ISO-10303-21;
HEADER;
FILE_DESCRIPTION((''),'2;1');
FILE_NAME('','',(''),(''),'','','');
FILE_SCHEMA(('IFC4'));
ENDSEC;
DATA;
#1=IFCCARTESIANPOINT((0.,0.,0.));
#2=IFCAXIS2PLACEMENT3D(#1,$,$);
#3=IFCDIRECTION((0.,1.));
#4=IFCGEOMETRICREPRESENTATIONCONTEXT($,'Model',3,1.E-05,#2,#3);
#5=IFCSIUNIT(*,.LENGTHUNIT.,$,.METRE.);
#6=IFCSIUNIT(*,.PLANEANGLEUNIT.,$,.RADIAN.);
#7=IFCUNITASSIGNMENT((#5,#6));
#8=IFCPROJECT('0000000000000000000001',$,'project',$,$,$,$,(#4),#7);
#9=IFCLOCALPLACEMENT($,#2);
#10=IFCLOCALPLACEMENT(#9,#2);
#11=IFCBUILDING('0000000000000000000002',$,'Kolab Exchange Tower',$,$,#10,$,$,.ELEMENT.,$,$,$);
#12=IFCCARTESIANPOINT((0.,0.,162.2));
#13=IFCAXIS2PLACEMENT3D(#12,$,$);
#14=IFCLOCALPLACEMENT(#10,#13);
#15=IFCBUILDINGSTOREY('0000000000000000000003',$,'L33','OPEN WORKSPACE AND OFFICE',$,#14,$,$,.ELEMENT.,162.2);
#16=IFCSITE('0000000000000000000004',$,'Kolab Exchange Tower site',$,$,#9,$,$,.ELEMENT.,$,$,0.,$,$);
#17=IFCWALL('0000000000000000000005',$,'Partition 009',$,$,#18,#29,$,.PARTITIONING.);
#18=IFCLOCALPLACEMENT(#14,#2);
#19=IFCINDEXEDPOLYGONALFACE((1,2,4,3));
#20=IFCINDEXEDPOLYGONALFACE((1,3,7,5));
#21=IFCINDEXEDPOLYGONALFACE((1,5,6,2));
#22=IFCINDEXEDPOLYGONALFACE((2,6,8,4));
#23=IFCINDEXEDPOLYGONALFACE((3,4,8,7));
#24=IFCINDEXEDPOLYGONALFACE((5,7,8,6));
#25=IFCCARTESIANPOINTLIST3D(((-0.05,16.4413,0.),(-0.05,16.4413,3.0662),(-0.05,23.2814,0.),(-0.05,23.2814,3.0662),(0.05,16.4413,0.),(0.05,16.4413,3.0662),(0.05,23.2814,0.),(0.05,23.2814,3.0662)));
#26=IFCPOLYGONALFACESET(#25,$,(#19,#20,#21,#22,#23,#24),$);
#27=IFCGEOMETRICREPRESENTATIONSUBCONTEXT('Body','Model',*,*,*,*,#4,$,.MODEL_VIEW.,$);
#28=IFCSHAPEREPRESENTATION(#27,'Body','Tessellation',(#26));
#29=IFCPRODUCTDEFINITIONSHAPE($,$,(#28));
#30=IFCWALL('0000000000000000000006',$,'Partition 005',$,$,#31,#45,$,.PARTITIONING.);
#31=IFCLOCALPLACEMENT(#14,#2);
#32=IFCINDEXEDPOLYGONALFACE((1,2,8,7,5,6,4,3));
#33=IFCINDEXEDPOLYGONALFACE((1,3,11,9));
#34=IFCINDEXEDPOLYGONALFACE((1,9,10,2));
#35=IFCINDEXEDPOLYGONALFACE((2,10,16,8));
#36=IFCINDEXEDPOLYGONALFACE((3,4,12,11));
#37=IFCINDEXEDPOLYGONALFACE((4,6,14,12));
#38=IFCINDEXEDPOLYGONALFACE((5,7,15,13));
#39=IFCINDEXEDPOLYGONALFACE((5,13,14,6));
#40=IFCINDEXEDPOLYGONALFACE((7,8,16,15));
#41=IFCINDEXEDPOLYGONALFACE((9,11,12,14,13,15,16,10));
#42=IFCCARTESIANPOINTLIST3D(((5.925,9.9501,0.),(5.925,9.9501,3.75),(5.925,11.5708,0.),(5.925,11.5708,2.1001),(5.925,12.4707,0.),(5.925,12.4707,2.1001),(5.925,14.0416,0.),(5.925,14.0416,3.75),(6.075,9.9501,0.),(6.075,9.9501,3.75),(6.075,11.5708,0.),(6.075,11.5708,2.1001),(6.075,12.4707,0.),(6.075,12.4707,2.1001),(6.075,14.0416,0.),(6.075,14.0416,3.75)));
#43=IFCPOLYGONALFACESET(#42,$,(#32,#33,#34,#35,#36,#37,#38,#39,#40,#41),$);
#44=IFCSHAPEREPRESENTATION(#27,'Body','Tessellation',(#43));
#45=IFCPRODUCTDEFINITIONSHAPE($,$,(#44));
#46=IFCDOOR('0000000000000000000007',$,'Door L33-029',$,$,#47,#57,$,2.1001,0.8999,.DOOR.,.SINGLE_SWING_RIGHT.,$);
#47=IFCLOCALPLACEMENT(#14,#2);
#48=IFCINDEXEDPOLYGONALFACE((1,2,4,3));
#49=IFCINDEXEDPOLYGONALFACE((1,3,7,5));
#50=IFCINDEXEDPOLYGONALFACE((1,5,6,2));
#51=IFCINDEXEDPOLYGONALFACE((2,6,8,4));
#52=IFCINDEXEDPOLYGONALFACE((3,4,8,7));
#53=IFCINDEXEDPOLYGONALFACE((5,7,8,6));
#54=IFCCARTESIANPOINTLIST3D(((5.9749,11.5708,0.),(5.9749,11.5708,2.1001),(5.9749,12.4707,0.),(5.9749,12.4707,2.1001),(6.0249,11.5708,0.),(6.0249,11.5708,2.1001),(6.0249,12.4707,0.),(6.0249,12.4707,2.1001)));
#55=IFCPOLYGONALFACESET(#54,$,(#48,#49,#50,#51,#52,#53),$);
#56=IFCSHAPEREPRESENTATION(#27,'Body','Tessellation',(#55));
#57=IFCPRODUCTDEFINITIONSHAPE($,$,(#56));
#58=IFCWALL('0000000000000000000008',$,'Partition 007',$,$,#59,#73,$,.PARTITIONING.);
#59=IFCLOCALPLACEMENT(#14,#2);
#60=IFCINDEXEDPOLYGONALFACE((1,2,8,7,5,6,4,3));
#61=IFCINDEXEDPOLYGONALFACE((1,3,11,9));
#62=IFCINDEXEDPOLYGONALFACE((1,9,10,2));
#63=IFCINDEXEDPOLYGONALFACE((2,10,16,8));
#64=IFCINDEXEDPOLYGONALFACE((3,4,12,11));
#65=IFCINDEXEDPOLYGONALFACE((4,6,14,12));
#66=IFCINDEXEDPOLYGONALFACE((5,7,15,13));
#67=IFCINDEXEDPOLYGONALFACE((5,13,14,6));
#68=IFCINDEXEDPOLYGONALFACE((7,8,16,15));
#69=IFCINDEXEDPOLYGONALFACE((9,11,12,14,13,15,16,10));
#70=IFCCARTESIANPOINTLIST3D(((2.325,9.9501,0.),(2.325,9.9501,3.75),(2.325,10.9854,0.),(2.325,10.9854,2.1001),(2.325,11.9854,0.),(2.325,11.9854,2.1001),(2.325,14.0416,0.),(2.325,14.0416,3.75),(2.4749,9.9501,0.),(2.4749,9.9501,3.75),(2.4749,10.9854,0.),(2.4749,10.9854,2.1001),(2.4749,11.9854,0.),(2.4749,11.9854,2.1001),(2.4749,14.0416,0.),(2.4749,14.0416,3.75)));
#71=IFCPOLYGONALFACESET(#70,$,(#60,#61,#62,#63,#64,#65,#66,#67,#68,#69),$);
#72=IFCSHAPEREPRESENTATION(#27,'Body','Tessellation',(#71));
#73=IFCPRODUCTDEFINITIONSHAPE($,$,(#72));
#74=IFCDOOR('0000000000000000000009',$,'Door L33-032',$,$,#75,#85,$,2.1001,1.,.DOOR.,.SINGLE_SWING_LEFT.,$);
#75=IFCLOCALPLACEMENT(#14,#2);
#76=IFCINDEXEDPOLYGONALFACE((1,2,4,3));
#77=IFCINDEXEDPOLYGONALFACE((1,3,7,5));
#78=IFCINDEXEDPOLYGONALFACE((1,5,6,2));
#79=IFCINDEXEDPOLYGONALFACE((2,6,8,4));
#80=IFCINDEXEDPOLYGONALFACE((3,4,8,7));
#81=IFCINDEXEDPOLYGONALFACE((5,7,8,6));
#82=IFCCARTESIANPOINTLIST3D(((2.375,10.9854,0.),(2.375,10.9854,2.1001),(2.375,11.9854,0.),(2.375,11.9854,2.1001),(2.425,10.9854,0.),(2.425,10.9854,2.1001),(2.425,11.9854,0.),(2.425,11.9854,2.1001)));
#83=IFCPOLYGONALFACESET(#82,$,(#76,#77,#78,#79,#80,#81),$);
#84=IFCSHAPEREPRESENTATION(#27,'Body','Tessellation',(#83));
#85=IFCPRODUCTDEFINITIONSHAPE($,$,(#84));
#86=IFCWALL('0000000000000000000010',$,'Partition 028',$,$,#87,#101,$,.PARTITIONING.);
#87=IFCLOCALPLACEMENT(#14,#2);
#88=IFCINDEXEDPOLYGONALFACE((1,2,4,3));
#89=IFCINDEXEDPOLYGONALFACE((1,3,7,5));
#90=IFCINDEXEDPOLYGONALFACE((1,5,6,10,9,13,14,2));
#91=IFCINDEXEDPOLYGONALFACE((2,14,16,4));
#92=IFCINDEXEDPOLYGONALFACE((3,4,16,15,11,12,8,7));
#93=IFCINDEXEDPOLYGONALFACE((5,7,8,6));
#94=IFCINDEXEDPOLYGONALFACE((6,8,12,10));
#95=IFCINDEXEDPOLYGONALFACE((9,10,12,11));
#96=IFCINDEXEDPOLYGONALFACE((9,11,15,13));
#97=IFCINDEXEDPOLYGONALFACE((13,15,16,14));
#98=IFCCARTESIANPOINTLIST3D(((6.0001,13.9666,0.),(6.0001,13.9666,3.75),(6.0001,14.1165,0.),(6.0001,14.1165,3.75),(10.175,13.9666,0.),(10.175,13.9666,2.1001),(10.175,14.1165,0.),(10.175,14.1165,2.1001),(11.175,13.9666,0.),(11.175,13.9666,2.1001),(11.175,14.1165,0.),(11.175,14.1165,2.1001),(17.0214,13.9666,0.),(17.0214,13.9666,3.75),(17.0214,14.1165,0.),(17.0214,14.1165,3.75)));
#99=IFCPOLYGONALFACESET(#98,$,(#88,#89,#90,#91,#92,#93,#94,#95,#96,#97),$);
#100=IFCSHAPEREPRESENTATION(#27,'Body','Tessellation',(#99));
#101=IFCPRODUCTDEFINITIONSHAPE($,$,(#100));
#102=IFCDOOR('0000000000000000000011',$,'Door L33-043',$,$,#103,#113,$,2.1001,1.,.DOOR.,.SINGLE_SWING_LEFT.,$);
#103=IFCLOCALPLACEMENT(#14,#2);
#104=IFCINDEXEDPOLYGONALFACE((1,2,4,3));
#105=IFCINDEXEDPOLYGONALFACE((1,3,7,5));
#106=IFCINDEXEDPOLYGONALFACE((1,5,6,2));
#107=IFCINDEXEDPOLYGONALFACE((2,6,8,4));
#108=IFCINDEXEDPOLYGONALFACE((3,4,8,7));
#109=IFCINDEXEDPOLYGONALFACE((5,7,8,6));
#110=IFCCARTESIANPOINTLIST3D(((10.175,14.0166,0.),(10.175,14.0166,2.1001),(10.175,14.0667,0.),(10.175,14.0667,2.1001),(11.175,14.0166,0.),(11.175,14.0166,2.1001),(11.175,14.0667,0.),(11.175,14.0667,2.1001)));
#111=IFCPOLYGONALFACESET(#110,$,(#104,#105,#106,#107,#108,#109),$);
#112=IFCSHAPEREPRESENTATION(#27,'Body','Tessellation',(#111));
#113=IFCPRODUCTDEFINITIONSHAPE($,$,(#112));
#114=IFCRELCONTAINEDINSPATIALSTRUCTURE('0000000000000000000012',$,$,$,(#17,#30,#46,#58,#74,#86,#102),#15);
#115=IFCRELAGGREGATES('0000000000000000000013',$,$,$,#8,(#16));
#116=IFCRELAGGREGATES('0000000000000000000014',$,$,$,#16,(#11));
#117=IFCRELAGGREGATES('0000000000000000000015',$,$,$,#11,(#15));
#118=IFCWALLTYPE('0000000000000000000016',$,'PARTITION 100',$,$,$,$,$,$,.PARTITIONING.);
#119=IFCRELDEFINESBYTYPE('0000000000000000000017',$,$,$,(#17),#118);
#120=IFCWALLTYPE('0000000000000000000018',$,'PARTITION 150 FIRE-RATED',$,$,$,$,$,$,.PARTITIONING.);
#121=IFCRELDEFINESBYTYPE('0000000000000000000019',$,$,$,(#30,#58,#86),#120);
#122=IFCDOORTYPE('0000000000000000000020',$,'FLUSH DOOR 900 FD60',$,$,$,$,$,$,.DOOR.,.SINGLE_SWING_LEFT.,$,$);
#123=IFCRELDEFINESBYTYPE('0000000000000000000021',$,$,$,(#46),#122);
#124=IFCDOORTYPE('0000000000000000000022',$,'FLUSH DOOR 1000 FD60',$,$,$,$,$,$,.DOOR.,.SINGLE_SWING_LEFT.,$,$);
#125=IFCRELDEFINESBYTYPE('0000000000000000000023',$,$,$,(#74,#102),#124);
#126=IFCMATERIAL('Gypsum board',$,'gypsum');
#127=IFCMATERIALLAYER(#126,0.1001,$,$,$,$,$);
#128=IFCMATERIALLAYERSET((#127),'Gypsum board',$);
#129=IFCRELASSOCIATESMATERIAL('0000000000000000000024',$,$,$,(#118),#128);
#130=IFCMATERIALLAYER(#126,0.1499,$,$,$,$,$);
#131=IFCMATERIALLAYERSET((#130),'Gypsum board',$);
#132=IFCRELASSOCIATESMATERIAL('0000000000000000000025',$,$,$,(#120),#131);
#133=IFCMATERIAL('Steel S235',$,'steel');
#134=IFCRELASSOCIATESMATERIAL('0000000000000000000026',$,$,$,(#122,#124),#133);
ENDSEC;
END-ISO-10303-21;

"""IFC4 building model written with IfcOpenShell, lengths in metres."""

from ifc_helpers import new_model, si_unit, direction, frame, frame_2d, origin, place, context, subcontext, project, spatial, rectangle, extrude, material, layer, layer_set, type_object, element, fill, save


model = new_model("IFC4")

# Units and contexts
model_context = context("Model", 3, precision=1e-05, world=origin(), true_north=direction((0.0, 1.0)))
body_context = subcontext(model_context, "Body", "Model", "MODEL_VIEW")
ifc_project = project(units=[si_unit("LENGTHUNIT", "METRE"), si_unit("PLANEANGLEUNIT", "RADIAN")], contexts=[model_context])

# Site, building, storey
site_placement = place(None, origin())
site = spatial("IfcSite", under=ifc_project, at=site_placement, Name="Kolab Exchange Tower site", CompositionType="ELEMENT", RefElevation=0.0)
building_placement = place(site_placement, origin())
building = spatial("IfcBuilding", under=site, at=building_placement, Name="Kolab Exchange Tower", CompositionType="ELEMENT")
storey_placement = place(building_placement, frame((0.0, 0.0, 162.2)))
storey = spatial("IfcBuildingStorey", under=building, at=storey_placement, Name="L33", Description="OPEN WORKSPACE AND OFFICE", CompositionType="ELEMENT", Elevation=162.2)

# Wall
ifc_material_1 = material(Name="Gypsum board", Category="gypsum")
ifc_layer_1 = layer(ifc_material_1, 0.1001)
ifc_layer_set_1 = layer_set([ifc_layer_1], Name="Gypsum board")
wall_type_1 = type_object("IfcWallType", Name="PARTITION 100", PredefinedType="PARTITIONING", material=ifc_layer_set_1)
wall_1_placement = place(storey_placement, frame((0.0, 16.4414, 0.0), z_axis=(0.0, 0.0, 1.0), x_axis=(0.0, 1.0, 0.0)))
element("IfcWall", 1, at=wall_1_placement, inside=storey, type_object=wall_type_1, Name="Partition 009", PredefinedType="PARTITIONING", context=body_context, shape_type="SweptSolid", body=[
    extrude(rectangle(XDim=6.8401, YDim=0.1001, at=frame_2d((3.4199, 0.0))), origin(), (0.0, 0.0, 1.0), 3.0662),
])

# Walls, openings, doors
ifc_layer_2 = layer(ifc_material_1, 0.1499)
ifc_layer_set_2 = layer_set([ifc_layer_2], Name="Gypsum board")
wall_type_2 = type_object("IfcWallType", Name="PARTITION 150 FIRE-RATED", PredefinedType="PARTITIONING", material=ifc_layer_set_2)
wall_2_placement = place(storey_placement, frame((6.0, 9.95, 0.0), z_axis=(0.0, 0.0, 1.0), x_axis=(0.0, 1.0, 0.0)))
wall_2 = element("IfcWall", 2, at=wall_2_placement, inside=storey, type_object=wall_type_2, Name="Partition 005", PredefinedType="PARTITIONING", context=body_context, shape_type="SweptSolid", body=[
    extrude(rectangle(XDim=4.0916, YDim=0.1499, at=frame_2d((2.0459, 0.0))), origin(), (0.0, 0.0, 1.0), 3.75),
])
opening_1_placement = place(wall_2_placement, frame((1.6208, 0.0, 0.0)))
opening_1 = element("IfcOpeningElement", 3, at=opening_1_placement, cuts=wall_2, PredefinedType="OPENING", context=body_context, shape_type="SweptSolid", body=[
    extrude(rectangle(XDim=0.8999, YDim=2.1001, at=frame_2d((0.45, 1.05))), frame((0.0, 0.085, 0.0), z_axis=(0.0, -1.0, 0.0), x_axis=(1.0, 0.0, 0.0)), (0.0, 0.0, 1.0), 0.1699),
])
ifc_material_2 = material(Name="Steel S235", Category="steel")
door_type_1 = type_object("IfcDoorType", Name="FLUSH DOOR 900 FD60", OperationType="SINGLE_SWING_LEFT", PredefinedType="DOOR", material=ifc_material_2)
door_1_placement = place(opening_1_placement, frame((0.8999, 0.0, 0.0), z_axis=(0.0, 0.0, 1.0), x_axis=(-1.0, 0.0, 0.0)))
door_1 = element("IfcDoor", 4, at=door_1_placement, inside=storey, type_object=door_type_1, Name="Door L33-029", OperationType="SINGLE_SWING_RIGHT", OverallHeight=2.1001, OverallWidth=0.8999, PredefinedType="DOOR", context=body_context, shape_type="SweptSolid", body=[
    extrude(rectangle(XDim=0.8999, YDim=2.1001, at=frame_2d((0.45, 1.05))), frame((0.0, 0.0249, 0.0), z_axis=(0.0, -1.0, 0.0), x_axis=(1.0, 0.0, 0.0)), (0.0, 0.0, 1.0), 0.05),
])
fill(opening_1, door_1)
wall_3_placement = place(storey_placement, frame((2.3999, 9.95, 0.0), z_axis=(0.0, 0.0, 1.0), x_axis=(0.0, 1.0, 0.0)))
wall_3 = element("IfcWall", 5, at=wall_3_placement, inside=storey, type_object=wall_type_2, Name="Partition 007", PredefinedType="PARTITIONING", context=body_context, shape_type="SweptSolid", body=[
    extrude(rectangle(XDim=4.0916, YDim=0.1499, at=frame_2d((2.0459, 0.0))), origin(), (0.0, 0.0, 1.0), 3.75),
])
opening_2_placement = place(wall_3_placement, frame((1.0354, 0.0, 0.0)))
opening_2 = element("IfcOpeningElement", 6, at=opening_2_placement, cuts=wall_3, PredefinedType="OPENING", context=body_context, shape_type="SweptSolid", body=[
    extrude(rectangle(XDim=1.0, YDim=2.1001, at=frame_2d((0.5, 1.05))), frame((0.0, 0.085, 0.0), z_axis=(0.0, -1.0, 0.0), x_axis=(1.0, 0.0, 0.0)), (0.0, 0.0, 1.0), 0.1699),
])
door_type_2 = type_object("IfcDoorType", Name="FLUSH DOOR 1000 FD60", OperationType="SINGLE_SWING_LEFT", PredefinedType="DOOR", material=ifc_material_2)
door_2_placement = place(opening_2_placement, origin())
door_2 = element("IfcDoor", 7, at=door_2_placement, inside=storey, type_object=door_type_2, Name="Door L33-032", OperationType="SINGLE_SWING_LEFT", OverallHeight=2.1001, OverallWidth=1.0, PredefinedType="DOOR", context=body_context, shape_type="SweptSolid", body=[
    extrude(rectangle(XDim=1.0, YDim=2.1001, at=frame_2d((0.5, 1.05))), frame((0.0, 0.0249, 0.0), z_axis=(0.0, -1.0, 0.0), x_axis=(1.0, 0.0, 0.0)), (0.0, 0.0, 1.0), 0.05),
])
fill(opening_2, door_2)
wall_4_placement = place(storey_placement, frame((6.0, 14.0415, 0.0), z_axis=(0.0, 0.0, 1.0), x_axis=(1.0, 0.0, 0.0)))
wall_4 = element("IfcWall", 8, at=wall_4_placement, inside=storey, type_object=wall_type_2, Name="Partition 028", PredefinedType="PARTITIONING", context=body_context, shape_type="SweptSolid", body=[
    extrude(rectangle(XDim=11.0212, YDim=0.1499, at=frame_2d((5.5107, 0.0))), origin(), (0.0, 0.0, 1.0), 3.75),
])
opening_3_placement = place(wall_4_placement, frame((4.175, 0.0, 0.0)))
opening_3 = element("IfcOpeningElement", 9, at=opening_3_placement, cuts=wall_4, PredefinedType="OPENING", context=body_context, shape_type="SweptSolid", body=[
    extrude(rectangle(XDim=1.0, YDim=2.1001, at=frame_2d((0.5, 1.05))), frame((0.0, 0.085, 0.0), z_axis=(0.0, -1.0, 0.0), x_axis=(1.0, 0.0, 0.0)), (0.0, 0.0, 1.0), 0.1699),
])
door_3_placement = place(opening_3_placement, frame((1.0, 0.0, 0.0), z_axis=(0.0, 0.0, 1.0), x_axis=(-1.0, 0.0, 0.0)))
door_3 = element("IfcDoor", 10, at=door_3_placement, inside=storey, type_object=door_type_2, Name="Door L33-043", OperationType="SINGLE_SWING_LEFT", OverallHeight=2.1001, OverallWidth=1.0, PredefinedType="DOOR", context=body_context, shape_type="SweptSolid", body=[
    extrude(rectangle(XDim=1.0, YDim=2.1001, at=frame_2d((0.5, 1.05))), frame((0.0, 0.0249, 0.0), z_axis=(0.0, -1.0, 0.0), x_axis=(1.0, 0.0, 0.0)), (0.0, 0.0, 1.0), 0.05),
])
fill(opening_3, door_3)

save(model, "model.ifc")
